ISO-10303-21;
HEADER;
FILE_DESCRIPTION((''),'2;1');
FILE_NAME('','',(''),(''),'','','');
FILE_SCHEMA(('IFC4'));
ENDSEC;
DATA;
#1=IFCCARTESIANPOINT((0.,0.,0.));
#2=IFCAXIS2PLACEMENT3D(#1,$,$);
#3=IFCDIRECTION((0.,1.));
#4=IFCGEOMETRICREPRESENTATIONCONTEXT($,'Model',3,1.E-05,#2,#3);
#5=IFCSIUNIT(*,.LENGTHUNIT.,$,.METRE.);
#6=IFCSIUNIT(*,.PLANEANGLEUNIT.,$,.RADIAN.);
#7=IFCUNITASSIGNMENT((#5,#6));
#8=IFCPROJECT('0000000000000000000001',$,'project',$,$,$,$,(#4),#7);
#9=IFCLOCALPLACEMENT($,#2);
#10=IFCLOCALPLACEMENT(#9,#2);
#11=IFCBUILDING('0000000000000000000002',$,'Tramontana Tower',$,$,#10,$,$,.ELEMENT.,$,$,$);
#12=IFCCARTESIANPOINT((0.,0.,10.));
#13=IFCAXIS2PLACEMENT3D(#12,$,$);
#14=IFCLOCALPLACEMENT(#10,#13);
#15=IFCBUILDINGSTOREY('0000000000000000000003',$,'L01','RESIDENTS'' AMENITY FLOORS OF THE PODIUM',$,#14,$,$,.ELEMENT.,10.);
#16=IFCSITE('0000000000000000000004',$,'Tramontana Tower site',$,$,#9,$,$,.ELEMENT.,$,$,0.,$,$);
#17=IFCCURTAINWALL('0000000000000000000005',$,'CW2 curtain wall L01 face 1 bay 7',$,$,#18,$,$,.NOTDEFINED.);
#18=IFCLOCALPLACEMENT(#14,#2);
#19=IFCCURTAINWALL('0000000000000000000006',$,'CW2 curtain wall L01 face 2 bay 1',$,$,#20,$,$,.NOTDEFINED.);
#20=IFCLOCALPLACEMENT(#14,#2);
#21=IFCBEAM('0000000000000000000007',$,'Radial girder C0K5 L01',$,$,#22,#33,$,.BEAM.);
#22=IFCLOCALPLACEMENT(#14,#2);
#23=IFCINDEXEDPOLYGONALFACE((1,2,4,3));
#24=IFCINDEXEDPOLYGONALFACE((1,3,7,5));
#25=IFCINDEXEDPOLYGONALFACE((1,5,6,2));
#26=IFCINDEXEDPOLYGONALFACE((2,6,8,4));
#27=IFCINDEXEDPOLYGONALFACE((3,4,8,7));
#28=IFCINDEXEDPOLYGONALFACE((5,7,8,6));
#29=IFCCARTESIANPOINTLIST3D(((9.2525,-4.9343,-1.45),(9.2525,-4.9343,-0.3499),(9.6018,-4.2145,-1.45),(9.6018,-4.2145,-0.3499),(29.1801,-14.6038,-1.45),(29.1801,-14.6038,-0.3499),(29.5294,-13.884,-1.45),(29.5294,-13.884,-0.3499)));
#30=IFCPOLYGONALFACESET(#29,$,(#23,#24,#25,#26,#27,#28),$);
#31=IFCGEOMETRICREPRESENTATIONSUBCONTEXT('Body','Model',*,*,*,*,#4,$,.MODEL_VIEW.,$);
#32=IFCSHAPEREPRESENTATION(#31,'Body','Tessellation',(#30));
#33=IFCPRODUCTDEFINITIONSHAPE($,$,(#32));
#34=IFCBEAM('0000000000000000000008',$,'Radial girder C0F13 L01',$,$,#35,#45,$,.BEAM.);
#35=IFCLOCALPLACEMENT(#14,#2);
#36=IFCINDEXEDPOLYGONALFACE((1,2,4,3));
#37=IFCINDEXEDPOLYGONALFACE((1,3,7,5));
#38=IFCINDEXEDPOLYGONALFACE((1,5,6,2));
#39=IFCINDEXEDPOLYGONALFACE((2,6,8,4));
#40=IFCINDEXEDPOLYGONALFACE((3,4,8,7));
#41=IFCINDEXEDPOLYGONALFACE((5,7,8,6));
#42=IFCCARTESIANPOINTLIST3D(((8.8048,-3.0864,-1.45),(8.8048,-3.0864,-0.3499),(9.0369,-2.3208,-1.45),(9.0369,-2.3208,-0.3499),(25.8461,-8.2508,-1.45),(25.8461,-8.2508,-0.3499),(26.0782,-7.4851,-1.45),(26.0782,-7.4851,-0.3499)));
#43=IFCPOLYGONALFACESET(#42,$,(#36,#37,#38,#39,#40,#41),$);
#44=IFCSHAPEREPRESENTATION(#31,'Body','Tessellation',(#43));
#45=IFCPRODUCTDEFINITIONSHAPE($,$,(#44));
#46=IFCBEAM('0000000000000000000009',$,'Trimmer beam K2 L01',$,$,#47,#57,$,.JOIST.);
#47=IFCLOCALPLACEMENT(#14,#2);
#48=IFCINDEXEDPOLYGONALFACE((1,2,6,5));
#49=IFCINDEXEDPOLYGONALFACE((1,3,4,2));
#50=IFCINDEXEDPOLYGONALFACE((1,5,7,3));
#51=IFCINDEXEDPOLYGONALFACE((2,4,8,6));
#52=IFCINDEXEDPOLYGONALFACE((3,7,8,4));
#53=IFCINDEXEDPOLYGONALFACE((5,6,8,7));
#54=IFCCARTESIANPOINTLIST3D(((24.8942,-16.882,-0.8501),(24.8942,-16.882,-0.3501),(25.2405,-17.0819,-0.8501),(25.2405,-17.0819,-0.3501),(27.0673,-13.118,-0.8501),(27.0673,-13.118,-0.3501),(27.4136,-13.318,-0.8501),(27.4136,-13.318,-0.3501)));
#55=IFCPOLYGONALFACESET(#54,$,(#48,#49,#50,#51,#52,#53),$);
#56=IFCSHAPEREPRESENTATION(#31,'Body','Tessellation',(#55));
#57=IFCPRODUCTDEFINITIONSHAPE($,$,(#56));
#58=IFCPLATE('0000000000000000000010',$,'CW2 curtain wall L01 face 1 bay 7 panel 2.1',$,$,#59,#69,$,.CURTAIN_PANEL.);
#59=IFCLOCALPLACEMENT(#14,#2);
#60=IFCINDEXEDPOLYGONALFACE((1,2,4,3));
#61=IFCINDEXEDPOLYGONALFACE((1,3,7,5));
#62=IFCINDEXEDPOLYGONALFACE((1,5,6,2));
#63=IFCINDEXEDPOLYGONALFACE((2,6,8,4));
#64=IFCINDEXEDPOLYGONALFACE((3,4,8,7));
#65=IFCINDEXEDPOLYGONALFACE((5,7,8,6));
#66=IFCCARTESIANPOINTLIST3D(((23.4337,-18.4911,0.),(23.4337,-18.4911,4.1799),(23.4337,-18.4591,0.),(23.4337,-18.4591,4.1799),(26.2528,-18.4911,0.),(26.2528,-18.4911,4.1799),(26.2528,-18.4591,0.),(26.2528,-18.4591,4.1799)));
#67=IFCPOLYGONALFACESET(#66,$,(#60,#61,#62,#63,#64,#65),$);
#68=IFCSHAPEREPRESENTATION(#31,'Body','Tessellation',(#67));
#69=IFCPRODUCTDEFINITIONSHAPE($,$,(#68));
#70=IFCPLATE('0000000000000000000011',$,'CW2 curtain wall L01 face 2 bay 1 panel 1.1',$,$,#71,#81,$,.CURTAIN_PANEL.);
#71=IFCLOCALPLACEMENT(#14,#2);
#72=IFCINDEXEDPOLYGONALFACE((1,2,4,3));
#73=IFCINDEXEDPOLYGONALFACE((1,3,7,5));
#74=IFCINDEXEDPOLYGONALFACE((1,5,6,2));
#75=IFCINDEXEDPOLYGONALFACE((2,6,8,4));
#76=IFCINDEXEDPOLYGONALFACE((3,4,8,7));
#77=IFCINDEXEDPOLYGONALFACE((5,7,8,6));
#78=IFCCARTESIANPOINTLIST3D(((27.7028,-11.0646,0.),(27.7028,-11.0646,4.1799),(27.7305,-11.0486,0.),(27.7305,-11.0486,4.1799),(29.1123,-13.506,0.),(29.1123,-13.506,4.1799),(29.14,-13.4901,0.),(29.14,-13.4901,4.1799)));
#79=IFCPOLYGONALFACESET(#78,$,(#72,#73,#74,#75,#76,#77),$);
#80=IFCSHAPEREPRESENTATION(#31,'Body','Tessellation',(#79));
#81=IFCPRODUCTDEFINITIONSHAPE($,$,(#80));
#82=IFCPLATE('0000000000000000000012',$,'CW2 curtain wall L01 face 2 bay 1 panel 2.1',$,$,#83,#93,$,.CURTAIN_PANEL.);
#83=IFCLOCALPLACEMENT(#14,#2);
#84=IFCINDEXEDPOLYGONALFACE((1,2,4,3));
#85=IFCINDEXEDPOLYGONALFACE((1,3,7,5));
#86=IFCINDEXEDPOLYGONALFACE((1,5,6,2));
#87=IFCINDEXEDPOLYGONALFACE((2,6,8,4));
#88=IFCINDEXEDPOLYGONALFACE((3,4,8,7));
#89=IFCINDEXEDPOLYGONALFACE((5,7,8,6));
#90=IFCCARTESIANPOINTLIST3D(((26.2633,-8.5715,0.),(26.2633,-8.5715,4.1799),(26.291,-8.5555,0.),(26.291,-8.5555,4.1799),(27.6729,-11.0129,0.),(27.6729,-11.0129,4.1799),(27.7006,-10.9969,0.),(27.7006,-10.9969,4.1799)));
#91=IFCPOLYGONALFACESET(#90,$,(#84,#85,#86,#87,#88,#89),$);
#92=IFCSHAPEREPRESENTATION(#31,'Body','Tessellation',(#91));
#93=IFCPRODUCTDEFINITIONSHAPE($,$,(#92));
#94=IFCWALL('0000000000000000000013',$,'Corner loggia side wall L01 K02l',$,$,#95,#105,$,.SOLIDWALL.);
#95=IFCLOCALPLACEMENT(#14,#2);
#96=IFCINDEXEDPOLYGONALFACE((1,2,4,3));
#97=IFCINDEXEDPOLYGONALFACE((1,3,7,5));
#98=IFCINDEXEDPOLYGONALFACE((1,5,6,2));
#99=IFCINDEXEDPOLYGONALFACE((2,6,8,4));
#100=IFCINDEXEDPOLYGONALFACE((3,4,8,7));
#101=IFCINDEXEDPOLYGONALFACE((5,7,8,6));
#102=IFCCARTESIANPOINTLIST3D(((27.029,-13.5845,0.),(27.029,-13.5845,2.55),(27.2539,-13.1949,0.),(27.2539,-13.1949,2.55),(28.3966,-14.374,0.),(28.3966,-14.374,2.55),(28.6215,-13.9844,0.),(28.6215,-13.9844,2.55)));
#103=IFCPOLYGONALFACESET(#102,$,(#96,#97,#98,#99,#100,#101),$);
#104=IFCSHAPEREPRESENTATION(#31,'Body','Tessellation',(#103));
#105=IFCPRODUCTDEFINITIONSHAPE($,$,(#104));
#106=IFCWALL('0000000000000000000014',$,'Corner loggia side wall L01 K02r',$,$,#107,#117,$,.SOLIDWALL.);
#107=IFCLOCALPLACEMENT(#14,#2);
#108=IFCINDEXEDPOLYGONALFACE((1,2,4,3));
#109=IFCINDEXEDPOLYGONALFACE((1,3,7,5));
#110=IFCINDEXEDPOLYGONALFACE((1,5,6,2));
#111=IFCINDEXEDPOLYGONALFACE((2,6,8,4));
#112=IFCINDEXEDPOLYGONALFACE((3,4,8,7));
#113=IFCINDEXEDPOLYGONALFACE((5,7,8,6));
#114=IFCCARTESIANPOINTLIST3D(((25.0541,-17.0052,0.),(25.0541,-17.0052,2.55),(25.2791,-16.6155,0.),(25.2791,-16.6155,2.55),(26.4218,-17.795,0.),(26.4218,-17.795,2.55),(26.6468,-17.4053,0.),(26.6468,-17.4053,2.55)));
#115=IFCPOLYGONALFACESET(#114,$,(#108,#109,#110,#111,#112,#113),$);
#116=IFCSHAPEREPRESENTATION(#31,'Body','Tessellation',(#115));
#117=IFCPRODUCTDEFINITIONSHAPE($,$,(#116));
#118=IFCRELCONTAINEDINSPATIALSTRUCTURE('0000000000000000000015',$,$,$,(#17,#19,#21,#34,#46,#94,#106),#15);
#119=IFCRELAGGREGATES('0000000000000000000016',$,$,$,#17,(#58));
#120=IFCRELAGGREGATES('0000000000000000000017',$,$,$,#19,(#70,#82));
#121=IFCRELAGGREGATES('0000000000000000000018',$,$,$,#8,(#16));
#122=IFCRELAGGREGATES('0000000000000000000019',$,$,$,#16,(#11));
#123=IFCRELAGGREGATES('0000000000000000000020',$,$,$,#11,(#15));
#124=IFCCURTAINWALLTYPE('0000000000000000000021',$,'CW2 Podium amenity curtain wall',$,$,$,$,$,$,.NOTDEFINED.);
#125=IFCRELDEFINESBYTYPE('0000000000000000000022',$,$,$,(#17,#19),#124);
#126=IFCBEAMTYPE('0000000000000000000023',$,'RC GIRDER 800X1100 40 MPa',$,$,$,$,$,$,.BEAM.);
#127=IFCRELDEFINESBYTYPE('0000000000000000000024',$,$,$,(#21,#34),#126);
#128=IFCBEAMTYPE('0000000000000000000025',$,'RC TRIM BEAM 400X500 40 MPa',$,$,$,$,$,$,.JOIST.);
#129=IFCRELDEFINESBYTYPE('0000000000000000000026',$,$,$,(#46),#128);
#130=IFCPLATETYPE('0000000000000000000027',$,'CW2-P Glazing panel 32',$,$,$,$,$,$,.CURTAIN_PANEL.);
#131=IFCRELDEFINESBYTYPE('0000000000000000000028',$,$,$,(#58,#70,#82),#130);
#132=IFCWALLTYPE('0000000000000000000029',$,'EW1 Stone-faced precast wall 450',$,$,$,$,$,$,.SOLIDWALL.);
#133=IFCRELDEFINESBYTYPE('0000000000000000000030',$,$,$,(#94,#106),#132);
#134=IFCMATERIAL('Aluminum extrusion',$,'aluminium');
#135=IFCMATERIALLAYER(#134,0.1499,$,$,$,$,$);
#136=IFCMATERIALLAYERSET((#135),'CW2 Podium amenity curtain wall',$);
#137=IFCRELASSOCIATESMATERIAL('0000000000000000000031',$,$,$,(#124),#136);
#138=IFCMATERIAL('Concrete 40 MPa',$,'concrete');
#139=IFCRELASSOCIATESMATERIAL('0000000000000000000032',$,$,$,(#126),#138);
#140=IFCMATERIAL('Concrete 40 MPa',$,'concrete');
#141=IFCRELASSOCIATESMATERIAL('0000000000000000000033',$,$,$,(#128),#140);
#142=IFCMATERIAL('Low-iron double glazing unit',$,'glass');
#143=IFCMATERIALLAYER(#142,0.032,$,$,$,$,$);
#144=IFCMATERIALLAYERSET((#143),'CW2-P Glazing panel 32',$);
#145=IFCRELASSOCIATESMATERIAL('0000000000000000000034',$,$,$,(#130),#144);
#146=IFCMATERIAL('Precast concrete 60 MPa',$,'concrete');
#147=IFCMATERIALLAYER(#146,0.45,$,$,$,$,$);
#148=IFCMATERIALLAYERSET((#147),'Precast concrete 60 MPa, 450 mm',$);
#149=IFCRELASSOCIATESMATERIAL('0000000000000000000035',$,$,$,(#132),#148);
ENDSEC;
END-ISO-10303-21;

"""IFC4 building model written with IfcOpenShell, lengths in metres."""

from ifc_helpers import new_model, si_unit, direction, frame, frame_2d, origin, origin_2d, place, context, subcontext, project, spatial, rectangle, extrude, material, layer, layer_set, material_profile, profile_set, type_object, element, aggregate, save


model = new_model("IFC4")

# Units and contexts
model_context = context("Model", 3, precision=1e-05, world=origin(), true_north=direction((0.0, 1.0)))
body_context = subcontext(model_context, "Body", "Model", "MODEL_VIEW")
ifc_project = project(units=[si_unit("LENGTHUNIT", "METRE"), si_unit("PLANEANGLEUNIT", "RADIAN")], contexts=[model_context])

# Site, building, storey
site_placement = place(None, origin())
site = spatial("IfcSite", under=ifc_project, at=site_placement, Name="Tramontana Tower site", CompositionType="ELEMENT", RefElevation=0.0)
building_placement = place(site_placement, origin())
building = spatial("IfcBuilding", under=site, at=building_placement, Name="Tramontana Tower", CompositionType="ELEMENT")
storey_placement = place(building_placement, frame((0.0, 0.0, 10.0)))
storey = spatial("IfcBuildingStorey", under=building, at=storey_placement, Name="L01", Description="RESIDENTS' AMENITY FLOORS OF THE PODIUM", CompositionType="ELEMENT", Elevation=10.0)

# Curtain wall
ifc_material_1 = material(Name="Aluminum extrusion", Category="aluminium")
ifc_layer_1 = layer(ifc_material_1, 0.1499)
ifc_layer_set_1 = layer_set([ifc_layer_1], Name="CW2 Podium amenity curtain wall")
curtain_wall_type = type_object("IfcCurtainWallType", Name="CW2 Podium amenity curtain wall", PredefinedType="NOTDEFINED", material=ifc_layer_set_1)
curtain_wall_1_placement = place(storey_placement, origin())
curtain_wall_1 = element("IfcCurtainWall", 1, at=curtain_wall_1_placement, inside=storey, type_object=curtain_wall_type, Name="CW2 curtain wall L01 face 1 bay 7", PredefinedType="NOTDEFINED")

# Curtain wall
curtain_wall_2_placement = place(storey_placement, origin())
curtain_wall_2 = element("IfcCurtainWall", 2, at=curtain_wall_2_placement, inside=storey, type_object=curtain_wall_type, Name="CW2 curtain wall L01 face 2 bay 1", PredefinedType="NOTDEFINED")

# Beams
ifc_material_2 = material(Name="Concrete 40 MPa", Category="concrete")
ifc_material_profile_1 = material_profile(ifc_material_2, rectangle(XDim=0.8, YDim=1.1001, at=origin_2d()), Name="RC GIRDER 800X1100 40 MPa")
ifc_profile_set_1 = profile_set([ifc_material_profile_1], Name="Concrete 40 MPa")
beam_type_1 = type_object("IfcBeamType", Name="RC GIRDER 800X1100 40 MPa", PredefinedType="BEAM", material=ifc_profile_set_1)
beam_1_placement = place(storey_placement, frame((29.3547, -14.2439, -0.8999), z_axis=(-0.899679, 0.436552, 0.0), x_axis=(-0.436552, -0.899679, 0.0)))
element("IfcBeam", 3, at=beam_1_placement, inside=storey, type_object=beam_type_1, Name="Radial girder C0K5 L01", PredefinedType="BEAM", context=body_context, shape_type="SweptSolid", body=[
    extrude(rectangle(XDim=0.8, YDim=1.1001, at=origin_2d()), origin(), (0.0, 0.0, 1.0), 22.1497),
])
beam_2_placement = place(storey_placement, frame((25.9622, -7.8679, -0.8999), z_axis=(-0.95702, 0.290022, 0.0), x_axis=(-0.290022, -0.95702, 0.0)))
element("IfcBeam", 4, at=beam_2_placement, inside=storey, type_object=beam_type_1, Name="Radial girder C0F13 L01", PredefinedType="BEAM", context=body_context, shape_type="SweptSolid", body=[
    extrude(rectangle(XDim=0.8, YDim=1.1001, at=origin_2d()), origin(), (0.0, 0.0, 1.0), 17.8066),
])
ifc_material_3 = material(Name="Concrete 40 MPa", Category="concrete")
ifc_material_profile_2 = material_profile(ifc_material_3, rectangle(XDim=0.3999, YDim=0.5, at=origin_2d()), Name="RC TRIM BEAM 400X500 40 MPa")
ifc_profile_set_2 = profile_set([ifc_material_profile_2], Name="Concrete 40 MPa")
beam_type_2 = type_object("IfcBeamType", Name="RC TRIM BEAM 400X500 40 MPa", PredefinedType="JOIST", material=ifc_profile_set_2)
beam_3_placement = place(storey_placement, frame((25.0674, -16.9819, -0.6001), z_axis=(0.5, 0.866026, 0.0), x_axis=(-0.866026, 0.5, 0.0)))
element("IfcBeam", 5, at=beam_3_placement, inside=storey, type_object=beam_type_2, Name="Trimmer beam K2 L01", PredefinedType="JOIST", context=body_context, shape_type="SweptSolid", body=[
    extrude(rectangle(XDim=0.3999, YDim=0.5, at=origin_2d()), origin(), (0.0, 0.0, 1.0), 4.3462),
])

# Plates
ifc_material_4 = material(Name="Low-iron double glazing unit", Category="glass")
ifc_layer_2 = layer(ifc_material_4, 0.032)
ifc_layer_set_2 = layer_set([ifc_layer_2], Name="CW2-P Glazing panel 32")
plate_type = type_object("IfcPlateType", Name="CW2-P Glazing panel 32", PredefinedType="CURTAIN_PANEL", material=ifc_layer_set_2)
plate_1_placement = place(storey_placement, frame((24.8433, -18.4751, 0.0), z_axis=(0.0, 0.0, 1.0), x_axis=(1.0, 0.0, 0.0)))
plate_1 = element("IfcPlate", 6, at=plate_1_placement, type_object=plate_type, Name="CW2 curtain wall L01 face 1 bay 7 panel 2.1", PredefinedType="CURTAIN_PANEL", context=body_context, shape_type="SweptSolid", body=[
    extrude(rectangle(XDim=2.8191, YDim=0.032, at=origin_2d()), origin(), (0.0, 0.0, 1.0), 4.1799),
])
aggregate(curtain_wall_1, [plate_1])
plate_2_placement = place(storey_placement, frame((28.4214, -12.2773, 0.0), z_axis=(0.0, 0.0, 1.0), x_axis=(-0.5, 0.866025, 0.0)))
plate_2 = element("IfcPlate", 7, at=plate_2_placement, type_object=plate_type, Name="CW2 curtain wall L01 face 2 bay 1 panel 1.1", PredefinedType="CURTAIN_PANEL", context=body_context, shape_type="SweptSolid", body=[
    extrude(rectangle(XDim=2.8191, YDim=0.032, at=origin_2d()), origin(), (0.0, 0.0, 1.0), 4.1799),
])
plate_3_placement = place(storey_placement, frame((26.9819, -9.7842, 0.0), z_axis=(0.0, 0.0, 1.0), x_axis=(-0.5, 0.866025, 0.0)))
plate_3 = element("IfcPlate", 8, at=plate_3_placement, type_object=plate_type, Name="CW2 curtain wall L01 face 2 bay 1 panel 2.1", PredefinedType="CURTAIN_PANEL", context=body_context, shape_type="SweptSolid", body=[
    extrude(rectangle(XDim=2.8191, YDim=0.032, at=origin_2d()), origin(), (0.0, 0.0, 1.0), 4.1799),
])
aggregate(curtain_wall_2, [plate_2, plate_3])

# Walls
ifc_material_5 = material(Name="Precast concrete 60 MPa", Category="concrete")
ifc_layer_3 = layer(ifc_material_5, 0.45)
ifc_layer_set_3 = layer_set([ifc_layer_3], Name="Precast concrete 60 MPa, 450 mm")
wall_type_1 = type_object("IfcWallType", Name="EW1 Stone-faced precast wall 450", PredefinedType="SOLIDWALL", material=ifc_layer_set_3)
wall_1_placement = place(storey_placement, frame((28.509, -14.1792, 0.0), z_axis=(0.0, 0.0, 1.0), x_axis=(-0.866047, 0.499963, 0.0)))
element("IfcWall", 9, at=wall_1_placement, inside=storey, type_object=wall_type_1, Name="Corner loggia side wall L01 K02l", PredefinedType="SOLIDWALL", context=body_context, shape_type="SweptSolid", body=[
    extrude(rectangle(XDim=1.5791, YDim=0.45, at=frame_2d((0.7896, 0.0))), origin(), (0.0, 0.0, 1.0), 2.55),
])
wall_2_placement = place(storey_placement, frame((26.5342, -17.6001, 0.0), z_axis=(0.0, 0.0, 1.0), x_axis=(-0.86598, 0.500079, 0.0)))
element("IfcWall", 10, at=wall_2_placement, inside=storey, type_object=wall_type_1, Name="Corner loggia side wall L01 K02r", PredefinedType="SOLIDWALL", context=body_context, shape_type="SweptSolid", body=[
    extrude(rectangle(XDim=1.5793, YDim=0.45, at=frame_2d((0.7896, 0.0))), origin(), (0.0, 0.0, 1.0), 2.55),
])

save(model, "model.ifc")
